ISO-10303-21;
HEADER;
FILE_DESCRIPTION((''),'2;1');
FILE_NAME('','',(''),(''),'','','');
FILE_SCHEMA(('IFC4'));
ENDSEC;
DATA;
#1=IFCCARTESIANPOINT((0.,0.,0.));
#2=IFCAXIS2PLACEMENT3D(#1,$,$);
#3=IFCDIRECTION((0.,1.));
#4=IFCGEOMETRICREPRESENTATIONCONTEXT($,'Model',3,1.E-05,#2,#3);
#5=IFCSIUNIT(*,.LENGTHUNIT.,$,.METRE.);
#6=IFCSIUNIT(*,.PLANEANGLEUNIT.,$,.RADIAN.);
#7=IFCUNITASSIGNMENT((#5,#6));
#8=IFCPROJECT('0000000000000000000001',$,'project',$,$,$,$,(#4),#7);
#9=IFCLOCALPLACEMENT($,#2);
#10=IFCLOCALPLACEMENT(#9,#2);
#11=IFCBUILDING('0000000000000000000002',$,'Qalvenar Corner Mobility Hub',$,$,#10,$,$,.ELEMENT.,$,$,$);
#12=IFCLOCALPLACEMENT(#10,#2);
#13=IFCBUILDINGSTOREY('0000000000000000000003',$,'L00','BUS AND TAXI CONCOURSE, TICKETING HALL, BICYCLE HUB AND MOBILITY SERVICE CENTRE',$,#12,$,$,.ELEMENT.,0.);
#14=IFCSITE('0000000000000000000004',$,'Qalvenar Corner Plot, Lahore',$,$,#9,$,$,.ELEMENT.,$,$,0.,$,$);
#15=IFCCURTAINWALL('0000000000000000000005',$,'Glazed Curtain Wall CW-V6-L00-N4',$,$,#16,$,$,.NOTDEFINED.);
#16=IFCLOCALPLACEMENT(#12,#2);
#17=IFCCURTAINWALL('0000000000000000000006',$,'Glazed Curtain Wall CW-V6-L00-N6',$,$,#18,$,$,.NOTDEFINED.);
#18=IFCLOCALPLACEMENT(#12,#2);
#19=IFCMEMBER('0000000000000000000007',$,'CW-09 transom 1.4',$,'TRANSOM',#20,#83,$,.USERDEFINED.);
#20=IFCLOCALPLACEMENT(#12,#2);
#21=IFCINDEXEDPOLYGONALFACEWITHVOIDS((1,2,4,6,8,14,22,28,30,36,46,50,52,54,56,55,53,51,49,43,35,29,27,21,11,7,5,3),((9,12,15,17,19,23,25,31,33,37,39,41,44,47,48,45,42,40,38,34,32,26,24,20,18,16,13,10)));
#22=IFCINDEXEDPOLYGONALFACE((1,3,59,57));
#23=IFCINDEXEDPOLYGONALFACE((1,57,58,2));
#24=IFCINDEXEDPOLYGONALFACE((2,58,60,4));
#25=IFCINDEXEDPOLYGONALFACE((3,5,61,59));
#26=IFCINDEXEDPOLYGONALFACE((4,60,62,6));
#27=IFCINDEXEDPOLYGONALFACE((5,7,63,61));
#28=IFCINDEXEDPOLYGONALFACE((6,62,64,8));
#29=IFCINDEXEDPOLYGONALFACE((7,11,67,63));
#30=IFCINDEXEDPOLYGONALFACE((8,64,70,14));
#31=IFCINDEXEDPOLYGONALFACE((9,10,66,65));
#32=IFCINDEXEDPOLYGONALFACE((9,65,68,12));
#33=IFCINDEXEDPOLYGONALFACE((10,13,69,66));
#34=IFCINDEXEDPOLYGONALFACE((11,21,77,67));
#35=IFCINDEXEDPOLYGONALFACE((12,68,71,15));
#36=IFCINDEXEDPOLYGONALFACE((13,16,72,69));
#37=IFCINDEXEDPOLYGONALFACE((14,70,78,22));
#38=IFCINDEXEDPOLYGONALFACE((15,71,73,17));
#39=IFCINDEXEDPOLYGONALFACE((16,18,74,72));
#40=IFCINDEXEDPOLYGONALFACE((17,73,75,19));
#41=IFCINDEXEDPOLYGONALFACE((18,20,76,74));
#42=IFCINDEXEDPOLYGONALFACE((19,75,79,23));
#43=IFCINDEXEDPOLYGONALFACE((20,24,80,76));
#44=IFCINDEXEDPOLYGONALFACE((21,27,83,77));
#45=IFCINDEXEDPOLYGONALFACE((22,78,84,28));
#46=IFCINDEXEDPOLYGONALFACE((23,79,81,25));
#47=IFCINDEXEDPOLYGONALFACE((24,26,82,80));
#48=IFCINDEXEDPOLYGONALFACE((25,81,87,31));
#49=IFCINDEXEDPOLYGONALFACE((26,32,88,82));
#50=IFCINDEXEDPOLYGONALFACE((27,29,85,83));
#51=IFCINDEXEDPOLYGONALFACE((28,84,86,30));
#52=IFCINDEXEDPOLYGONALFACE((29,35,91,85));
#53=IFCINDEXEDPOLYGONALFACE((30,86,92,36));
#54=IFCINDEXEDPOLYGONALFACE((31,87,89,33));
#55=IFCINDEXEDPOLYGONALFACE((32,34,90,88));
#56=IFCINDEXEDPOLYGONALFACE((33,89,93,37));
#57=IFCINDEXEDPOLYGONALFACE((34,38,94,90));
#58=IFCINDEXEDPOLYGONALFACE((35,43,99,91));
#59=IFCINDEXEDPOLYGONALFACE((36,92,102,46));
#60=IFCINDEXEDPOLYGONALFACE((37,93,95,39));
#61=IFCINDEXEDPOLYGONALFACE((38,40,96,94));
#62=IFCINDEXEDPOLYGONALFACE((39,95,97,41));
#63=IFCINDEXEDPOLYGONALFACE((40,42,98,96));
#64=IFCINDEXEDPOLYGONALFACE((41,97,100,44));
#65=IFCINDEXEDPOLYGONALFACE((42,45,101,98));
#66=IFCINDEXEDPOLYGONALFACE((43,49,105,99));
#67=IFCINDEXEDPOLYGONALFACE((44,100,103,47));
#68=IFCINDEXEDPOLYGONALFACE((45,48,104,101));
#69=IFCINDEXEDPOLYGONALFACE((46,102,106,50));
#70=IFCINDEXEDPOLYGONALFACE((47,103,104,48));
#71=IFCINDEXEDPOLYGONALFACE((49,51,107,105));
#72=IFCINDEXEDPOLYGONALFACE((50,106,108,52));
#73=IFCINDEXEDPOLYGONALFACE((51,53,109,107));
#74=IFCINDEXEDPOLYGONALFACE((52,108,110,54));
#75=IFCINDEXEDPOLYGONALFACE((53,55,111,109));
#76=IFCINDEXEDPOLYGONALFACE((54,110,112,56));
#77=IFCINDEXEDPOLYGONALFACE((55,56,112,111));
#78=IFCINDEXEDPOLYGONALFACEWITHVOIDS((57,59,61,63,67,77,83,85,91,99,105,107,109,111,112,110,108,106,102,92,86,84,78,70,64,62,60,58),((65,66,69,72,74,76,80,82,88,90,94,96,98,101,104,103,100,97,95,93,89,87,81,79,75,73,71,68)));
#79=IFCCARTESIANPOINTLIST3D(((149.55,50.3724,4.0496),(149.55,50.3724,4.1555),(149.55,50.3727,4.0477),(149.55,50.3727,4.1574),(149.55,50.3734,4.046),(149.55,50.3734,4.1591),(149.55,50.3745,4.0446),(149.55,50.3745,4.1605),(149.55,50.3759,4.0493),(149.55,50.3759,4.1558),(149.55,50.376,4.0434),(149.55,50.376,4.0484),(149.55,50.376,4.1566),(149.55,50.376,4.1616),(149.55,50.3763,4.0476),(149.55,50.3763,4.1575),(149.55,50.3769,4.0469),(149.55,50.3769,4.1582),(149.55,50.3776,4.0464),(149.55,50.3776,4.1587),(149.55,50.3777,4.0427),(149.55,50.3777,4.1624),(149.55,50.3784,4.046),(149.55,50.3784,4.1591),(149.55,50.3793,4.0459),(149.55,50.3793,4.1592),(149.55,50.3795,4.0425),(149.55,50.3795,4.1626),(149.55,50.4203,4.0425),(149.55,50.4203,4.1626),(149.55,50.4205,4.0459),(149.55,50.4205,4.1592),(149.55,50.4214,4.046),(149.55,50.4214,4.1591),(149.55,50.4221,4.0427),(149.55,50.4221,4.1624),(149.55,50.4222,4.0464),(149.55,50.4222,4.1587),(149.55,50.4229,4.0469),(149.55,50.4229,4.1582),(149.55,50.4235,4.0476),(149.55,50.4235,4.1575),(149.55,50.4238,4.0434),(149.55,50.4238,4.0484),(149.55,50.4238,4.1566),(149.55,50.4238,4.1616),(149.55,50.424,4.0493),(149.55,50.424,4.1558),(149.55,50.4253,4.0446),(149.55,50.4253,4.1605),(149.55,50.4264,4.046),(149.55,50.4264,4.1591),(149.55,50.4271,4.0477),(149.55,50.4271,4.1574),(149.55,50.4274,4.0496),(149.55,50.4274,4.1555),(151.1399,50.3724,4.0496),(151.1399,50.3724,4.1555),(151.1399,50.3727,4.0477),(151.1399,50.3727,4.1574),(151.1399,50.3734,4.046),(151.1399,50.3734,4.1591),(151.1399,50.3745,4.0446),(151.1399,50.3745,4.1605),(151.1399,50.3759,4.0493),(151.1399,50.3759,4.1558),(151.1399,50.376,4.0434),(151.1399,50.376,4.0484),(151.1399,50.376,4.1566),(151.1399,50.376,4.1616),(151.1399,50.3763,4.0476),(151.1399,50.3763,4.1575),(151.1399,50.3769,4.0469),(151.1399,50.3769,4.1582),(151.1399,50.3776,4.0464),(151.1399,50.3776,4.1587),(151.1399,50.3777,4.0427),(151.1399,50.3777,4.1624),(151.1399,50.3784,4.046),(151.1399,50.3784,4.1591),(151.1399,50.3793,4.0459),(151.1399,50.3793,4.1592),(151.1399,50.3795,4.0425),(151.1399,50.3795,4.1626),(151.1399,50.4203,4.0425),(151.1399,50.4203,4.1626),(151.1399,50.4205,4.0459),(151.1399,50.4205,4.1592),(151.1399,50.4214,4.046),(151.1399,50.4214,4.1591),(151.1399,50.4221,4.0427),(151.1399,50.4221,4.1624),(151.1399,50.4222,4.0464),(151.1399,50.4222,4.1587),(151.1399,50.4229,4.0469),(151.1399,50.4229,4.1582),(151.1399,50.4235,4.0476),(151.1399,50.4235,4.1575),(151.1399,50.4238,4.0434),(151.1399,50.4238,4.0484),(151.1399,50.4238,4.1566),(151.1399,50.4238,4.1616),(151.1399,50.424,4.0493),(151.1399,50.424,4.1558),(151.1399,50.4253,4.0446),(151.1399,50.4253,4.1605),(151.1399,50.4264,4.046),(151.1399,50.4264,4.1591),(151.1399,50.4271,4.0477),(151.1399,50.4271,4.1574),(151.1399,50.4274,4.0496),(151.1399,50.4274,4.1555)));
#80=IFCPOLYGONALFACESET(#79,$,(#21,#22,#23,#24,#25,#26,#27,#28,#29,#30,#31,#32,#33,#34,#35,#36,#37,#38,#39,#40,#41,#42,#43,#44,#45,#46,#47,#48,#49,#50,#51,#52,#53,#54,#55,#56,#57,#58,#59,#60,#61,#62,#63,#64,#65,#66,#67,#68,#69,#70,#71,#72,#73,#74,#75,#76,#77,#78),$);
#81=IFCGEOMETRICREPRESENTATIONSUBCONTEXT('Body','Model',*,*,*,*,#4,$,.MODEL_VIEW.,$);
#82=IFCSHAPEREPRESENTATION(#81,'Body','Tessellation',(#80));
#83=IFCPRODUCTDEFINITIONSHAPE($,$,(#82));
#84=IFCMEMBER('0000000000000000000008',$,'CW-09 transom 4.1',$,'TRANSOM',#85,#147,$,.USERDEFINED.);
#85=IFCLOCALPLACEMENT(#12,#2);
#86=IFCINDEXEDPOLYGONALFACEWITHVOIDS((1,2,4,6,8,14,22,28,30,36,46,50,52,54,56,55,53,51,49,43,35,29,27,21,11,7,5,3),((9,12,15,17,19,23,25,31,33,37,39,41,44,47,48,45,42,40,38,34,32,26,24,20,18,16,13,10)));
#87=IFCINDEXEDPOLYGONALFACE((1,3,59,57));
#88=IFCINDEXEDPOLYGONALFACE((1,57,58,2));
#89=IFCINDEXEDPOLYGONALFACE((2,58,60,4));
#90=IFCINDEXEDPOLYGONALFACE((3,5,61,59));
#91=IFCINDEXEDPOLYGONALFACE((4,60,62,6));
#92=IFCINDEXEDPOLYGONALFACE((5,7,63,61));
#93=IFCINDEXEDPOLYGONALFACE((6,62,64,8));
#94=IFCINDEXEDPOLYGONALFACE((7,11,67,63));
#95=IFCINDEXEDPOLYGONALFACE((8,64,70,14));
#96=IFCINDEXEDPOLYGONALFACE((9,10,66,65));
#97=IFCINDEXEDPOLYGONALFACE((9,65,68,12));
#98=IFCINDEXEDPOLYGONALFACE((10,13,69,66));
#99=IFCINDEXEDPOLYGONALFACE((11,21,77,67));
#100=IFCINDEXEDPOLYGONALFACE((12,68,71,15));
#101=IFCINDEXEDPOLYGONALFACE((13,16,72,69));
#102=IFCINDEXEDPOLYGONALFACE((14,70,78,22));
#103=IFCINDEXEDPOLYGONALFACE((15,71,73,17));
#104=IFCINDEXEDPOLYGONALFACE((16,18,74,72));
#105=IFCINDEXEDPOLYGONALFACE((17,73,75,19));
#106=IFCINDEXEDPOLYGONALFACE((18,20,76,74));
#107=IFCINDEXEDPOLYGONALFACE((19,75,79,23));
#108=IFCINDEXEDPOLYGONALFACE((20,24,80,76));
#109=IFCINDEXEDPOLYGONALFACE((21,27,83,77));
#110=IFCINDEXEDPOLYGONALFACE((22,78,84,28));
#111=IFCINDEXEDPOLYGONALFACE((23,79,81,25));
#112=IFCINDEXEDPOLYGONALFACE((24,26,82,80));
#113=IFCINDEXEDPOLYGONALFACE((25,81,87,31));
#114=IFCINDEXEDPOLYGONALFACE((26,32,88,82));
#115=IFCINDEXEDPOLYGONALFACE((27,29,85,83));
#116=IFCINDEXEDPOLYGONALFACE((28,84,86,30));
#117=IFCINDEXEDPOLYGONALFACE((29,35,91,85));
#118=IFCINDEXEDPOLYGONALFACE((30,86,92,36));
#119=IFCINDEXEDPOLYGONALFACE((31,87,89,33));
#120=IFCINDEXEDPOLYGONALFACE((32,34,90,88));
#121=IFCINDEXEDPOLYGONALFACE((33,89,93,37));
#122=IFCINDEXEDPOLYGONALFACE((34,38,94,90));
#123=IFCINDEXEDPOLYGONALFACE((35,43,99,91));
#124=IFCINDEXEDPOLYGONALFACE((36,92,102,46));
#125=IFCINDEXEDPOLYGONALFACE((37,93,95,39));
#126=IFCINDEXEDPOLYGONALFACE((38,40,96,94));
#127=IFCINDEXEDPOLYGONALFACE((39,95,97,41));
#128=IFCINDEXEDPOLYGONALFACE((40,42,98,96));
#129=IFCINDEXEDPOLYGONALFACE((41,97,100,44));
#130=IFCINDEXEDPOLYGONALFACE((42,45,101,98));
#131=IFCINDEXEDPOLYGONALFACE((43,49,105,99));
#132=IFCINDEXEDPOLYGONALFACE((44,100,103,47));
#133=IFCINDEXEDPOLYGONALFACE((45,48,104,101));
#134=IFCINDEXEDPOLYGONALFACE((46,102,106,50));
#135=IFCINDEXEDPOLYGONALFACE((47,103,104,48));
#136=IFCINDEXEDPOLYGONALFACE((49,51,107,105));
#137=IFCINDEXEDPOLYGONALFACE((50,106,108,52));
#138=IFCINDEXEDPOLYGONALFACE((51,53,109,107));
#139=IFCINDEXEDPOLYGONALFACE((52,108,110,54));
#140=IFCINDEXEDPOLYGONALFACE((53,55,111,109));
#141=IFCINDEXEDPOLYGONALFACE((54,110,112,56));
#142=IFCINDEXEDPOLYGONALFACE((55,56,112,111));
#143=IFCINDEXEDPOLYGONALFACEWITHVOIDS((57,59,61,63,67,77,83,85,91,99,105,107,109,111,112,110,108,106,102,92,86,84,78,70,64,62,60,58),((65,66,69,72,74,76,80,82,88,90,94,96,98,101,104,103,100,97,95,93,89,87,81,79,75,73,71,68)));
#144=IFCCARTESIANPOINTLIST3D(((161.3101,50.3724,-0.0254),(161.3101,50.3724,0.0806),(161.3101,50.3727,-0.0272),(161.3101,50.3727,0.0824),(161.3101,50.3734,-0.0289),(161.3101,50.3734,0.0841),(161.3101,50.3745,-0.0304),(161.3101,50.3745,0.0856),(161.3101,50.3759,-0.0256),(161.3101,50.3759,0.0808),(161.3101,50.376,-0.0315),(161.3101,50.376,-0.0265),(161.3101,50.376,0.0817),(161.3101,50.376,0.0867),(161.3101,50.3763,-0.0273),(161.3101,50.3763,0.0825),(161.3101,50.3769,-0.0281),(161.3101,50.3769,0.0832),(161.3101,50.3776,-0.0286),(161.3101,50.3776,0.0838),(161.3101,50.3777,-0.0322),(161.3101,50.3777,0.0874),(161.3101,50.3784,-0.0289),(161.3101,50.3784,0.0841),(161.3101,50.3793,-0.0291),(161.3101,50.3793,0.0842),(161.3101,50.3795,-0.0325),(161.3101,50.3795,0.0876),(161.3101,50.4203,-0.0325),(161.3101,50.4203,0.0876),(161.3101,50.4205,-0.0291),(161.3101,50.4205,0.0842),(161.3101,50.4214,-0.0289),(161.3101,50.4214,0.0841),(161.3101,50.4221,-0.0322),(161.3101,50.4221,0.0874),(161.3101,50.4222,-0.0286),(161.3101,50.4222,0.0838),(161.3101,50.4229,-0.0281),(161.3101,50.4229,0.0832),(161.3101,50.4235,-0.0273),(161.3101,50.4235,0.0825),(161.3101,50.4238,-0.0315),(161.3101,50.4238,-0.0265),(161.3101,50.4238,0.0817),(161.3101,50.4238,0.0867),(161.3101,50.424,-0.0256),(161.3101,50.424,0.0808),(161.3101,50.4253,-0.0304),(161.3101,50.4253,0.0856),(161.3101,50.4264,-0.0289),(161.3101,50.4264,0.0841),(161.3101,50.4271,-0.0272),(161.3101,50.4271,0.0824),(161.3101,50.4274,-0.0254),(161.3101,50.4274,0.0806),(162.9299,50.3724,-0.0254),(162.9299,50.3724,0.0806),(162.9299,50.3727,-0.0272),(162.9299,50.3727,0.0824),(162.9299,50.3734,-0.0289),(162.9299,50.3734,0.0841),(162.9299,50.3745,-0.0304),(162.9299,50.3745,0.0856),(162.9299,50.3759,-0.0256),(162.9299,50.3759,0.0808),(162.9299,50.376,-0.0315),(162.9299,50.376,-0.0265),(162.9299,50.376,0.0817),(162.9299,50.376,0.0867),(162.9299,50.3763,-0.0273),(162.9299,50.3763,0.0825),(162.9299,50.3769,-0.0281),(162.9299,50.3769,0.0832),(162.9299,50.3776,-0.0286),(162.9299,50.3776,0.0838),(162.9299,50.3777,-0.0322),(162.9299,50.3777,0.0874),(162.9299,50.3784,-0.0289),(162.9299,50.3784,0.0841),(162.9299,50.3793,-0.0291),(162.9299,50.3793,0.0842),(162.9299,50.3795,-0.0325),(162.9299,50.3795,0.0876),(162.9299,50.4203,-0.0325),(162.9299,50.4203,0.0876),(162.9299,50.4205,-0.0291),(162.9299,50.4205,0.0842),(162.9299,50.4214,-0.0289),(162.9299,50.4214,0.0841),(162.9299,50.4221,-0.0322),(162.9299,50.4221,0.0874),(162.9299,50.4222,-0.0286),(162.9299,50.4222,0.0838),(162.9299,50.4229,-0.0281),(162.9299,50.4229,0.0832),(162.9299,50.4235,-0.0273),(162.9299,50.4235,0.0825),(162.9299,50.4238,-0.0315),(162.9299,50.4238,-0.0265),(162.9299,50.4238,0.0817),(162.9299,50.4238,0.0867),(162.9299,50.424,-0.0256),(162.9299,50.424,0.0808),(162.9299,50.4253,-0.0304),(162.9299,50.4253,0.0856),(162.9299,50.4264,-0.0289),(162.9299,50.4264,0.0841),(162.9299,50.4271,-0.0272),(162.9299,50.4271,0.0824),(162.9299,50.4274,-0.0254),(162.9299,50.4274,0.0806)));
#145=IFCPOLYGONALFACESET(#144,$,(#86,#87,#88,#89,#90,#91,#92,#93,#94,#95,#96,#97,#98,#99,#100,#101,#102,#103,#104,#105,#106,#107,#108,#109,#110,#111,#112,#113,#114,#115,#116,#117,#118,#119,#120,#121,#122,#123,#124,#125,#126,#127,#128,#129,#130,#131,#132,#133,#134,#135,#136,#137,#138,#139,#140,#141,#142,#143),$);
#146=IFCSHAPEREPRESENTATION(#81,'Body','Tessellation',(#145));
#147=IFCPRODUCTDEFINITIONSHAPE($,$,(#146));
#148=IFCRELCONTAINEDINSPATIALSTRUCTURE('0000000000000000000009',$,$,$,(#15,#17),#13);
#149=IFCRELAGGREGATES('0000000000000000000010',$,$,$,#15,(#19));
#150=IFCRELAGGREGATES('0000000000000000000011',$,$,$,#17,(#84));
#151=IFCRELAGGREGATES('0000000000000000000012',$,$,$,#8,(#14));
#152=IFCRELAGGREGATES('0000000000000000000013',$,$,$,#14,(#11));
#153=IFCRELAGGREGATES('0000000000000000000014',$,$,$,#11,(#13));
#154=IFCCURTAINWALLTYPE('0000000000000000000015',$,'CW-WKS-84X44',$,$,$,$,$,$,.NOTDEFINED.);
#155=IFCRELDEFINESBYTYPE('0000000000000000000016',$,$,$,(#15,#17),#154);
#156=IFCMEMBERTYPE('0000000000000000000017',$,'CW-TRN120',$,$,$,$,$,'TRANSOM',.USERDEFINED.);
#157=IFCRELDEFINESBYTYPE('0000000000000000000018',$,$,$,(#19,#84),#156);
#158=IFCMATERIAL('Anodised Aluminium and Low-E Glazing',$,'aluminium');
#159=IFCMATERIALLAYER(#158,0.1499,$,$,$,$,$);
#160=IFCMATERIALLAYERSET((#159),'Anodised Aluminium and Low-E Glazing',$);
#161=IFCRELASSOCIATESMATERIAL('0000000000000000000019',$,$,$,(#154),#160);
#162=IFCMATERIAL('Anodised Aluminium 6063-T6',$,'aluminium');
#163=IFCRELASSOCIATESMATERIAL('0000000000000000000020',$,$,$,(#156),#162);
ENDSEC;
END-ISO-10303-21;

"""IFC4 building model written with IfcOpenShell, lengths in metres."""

from ifc_helpers import new_model, si_unit, direction, frame, origin, origin_2d, place, context, subcontext, project, spatial, hollow_rectangle, extrude, material, layer, layer_set, material_profile, profile_set, type_object, element, aggregate, save


model = new_model("IFC4")

# Units and contexts
model_context = context("Model", 3, precision=1e-05, world=origin(), true_north=direction((0.0, 1.0)))
body_context = subcontext(model_context, "Body", "Model", "MODEL_VIEW")
ifc_project = project(units=[si_unit("LENGTHUNIT", "METRE"), si_unit("PLANEANGLEUNIT", "RADIAN")], contexts=[model_context])

# Site, building, storey
site_placement = place(None, origin())
site = spatial("IfcSite", under=ifc_project, at=site_placement, Name="Qalvenar Corner Plot, Lahore", CompositionType="ELEMENT", RefElevation=0.0)
building_placement = place(site_placement, origin())
building = spatial("IfcBuilding", under=site, at=building_placement, Name="Qalvenar Corner Mobility Hub", CompositionType="ELEMENT")
storey_placement = place(building_placement, origin())
storey = spatial("IfcBuildingStorey", under=building, at=storey_placement, Name="L00", Description="BUS AND TAXI CONCOURSE, TICKETING HALL, BICYCLE HUB AND MOBILITY SERVICE CENTRE", CompositionType="ELEMENT", Elevation=0.0)

# Curtain wall
ifc_material_1 = material(Name="Anodised Aluminium and Low-E Glazing", Category="aluminium")
ifc_layer_1 = layer(ifc_material_1, 0.1499)
ifc_layer_set_1 = layer_set([ifc_layer_1], Name="Anodised Aluminium and Low-E Glazing")
curtain_wall_type = type_object("IfcCurtainWallType", Name="CW-WKS-84X44", PredefinedType="NOTDEFINED", material=ifc_layer_set_1)
curtain_wall_1_placement = place(storey_placement, origin())
curtain_wall_1 = element("IfcCurtainWall", 1, at=curtain_wall_1_placement, inside=storey, type_object=curtain_wall_type, Name="Glazed Curtain Wall CW-V6-L00-N4", PredefinedType="NOTDEFINED")
ifc_material_2 = material(Name="Anodised Aluminium 6063-T6", Category="aluminium")

# Curtain wall
curtain_wall_2_placement = place(storey_placement, origin())
curtain_wall_2 = element("IfcCurtainWall", 2, at=curtain_wall_2_placement, inside=storey, type_object=curtain_wall_type, Name="Glazed Curtain Wall CW-V6-L00-N6", PredefinedType="NOTDEFINED")

# Members
ifc_material_profile_1 = material_profile(ifc_material_2, hollow_rectangle(XDim=0.0549, YDim=0.1201, WallThickness=0.0034, InnerFilletRadius=0.0034, OuterFilletRadius=0.0071, at=origin_2d()), Name="RHS120x55x3.5")
ifc_profile_set_1 = profile_set([ifc_material_profile_1], Name="Anodised Aluminium 6063-T6")
member_type_1 = type_object("IfcMemberType", Name="CW-TRN120", ElementType="TRANSOM", PredefinedType="USERDEFINED", material=ifc_profile_set_1)
member_1_placement = place(storey_placement, frame((151.1399, 50.3999, 4.1025), z_axis=(-1.0, 0.0, 0.0), x_axis=(0.0, -1.0, 0.0)))
member_1 = element("IfcMember", 3, at=member_1_placement, type_object=member_type_1, Name="CW-09 transom 1.4", ObjectType="TRANSOM", PredefinedType="USERDEFINED", context=body_context, shape_type="SweptSolid", body=[
    extrude(hollow_rectangle(XDim=0.0549, YDim=0.1201, WallThickness=0.0034, InnerFilletRadius=0.0034, OuterFilletRadius=0.0071, at=origin_2d()), origin(), (0.0, 0.0, 1.0), 1.5898),
])
member_2_placement = place(storey_placement, frame((162.9299, 50.3999, 0.0276), z_axis=(-1.0, 0.0, 0.0), x_axis=(0.0, -1.0, 0.0)))
member_2 = element("IfcMember", 4, at=member_2_placement, type_object=member_type_1, Name="CW-09 transom 4.1", ObjectType="TRANSOM", PredefinedType="USERDEFINED", context=body_context, shape_type="SweptSolid", body=[
    extrude(hollow_rectangle(XDim=0.0549, YDim=0.1201, WallThickness=0.0034, InnerFilletRadius=0.0034, OuterFilletRadius=0.0071, at=origin_2d()), origin(), (0.0, 0.0, 1.0), 1.6199),
])

aggregate(curtain_wall_1, [member_1])
aggregate(curtain_wall_2, [member_2])

save(model, "model.ifc")
